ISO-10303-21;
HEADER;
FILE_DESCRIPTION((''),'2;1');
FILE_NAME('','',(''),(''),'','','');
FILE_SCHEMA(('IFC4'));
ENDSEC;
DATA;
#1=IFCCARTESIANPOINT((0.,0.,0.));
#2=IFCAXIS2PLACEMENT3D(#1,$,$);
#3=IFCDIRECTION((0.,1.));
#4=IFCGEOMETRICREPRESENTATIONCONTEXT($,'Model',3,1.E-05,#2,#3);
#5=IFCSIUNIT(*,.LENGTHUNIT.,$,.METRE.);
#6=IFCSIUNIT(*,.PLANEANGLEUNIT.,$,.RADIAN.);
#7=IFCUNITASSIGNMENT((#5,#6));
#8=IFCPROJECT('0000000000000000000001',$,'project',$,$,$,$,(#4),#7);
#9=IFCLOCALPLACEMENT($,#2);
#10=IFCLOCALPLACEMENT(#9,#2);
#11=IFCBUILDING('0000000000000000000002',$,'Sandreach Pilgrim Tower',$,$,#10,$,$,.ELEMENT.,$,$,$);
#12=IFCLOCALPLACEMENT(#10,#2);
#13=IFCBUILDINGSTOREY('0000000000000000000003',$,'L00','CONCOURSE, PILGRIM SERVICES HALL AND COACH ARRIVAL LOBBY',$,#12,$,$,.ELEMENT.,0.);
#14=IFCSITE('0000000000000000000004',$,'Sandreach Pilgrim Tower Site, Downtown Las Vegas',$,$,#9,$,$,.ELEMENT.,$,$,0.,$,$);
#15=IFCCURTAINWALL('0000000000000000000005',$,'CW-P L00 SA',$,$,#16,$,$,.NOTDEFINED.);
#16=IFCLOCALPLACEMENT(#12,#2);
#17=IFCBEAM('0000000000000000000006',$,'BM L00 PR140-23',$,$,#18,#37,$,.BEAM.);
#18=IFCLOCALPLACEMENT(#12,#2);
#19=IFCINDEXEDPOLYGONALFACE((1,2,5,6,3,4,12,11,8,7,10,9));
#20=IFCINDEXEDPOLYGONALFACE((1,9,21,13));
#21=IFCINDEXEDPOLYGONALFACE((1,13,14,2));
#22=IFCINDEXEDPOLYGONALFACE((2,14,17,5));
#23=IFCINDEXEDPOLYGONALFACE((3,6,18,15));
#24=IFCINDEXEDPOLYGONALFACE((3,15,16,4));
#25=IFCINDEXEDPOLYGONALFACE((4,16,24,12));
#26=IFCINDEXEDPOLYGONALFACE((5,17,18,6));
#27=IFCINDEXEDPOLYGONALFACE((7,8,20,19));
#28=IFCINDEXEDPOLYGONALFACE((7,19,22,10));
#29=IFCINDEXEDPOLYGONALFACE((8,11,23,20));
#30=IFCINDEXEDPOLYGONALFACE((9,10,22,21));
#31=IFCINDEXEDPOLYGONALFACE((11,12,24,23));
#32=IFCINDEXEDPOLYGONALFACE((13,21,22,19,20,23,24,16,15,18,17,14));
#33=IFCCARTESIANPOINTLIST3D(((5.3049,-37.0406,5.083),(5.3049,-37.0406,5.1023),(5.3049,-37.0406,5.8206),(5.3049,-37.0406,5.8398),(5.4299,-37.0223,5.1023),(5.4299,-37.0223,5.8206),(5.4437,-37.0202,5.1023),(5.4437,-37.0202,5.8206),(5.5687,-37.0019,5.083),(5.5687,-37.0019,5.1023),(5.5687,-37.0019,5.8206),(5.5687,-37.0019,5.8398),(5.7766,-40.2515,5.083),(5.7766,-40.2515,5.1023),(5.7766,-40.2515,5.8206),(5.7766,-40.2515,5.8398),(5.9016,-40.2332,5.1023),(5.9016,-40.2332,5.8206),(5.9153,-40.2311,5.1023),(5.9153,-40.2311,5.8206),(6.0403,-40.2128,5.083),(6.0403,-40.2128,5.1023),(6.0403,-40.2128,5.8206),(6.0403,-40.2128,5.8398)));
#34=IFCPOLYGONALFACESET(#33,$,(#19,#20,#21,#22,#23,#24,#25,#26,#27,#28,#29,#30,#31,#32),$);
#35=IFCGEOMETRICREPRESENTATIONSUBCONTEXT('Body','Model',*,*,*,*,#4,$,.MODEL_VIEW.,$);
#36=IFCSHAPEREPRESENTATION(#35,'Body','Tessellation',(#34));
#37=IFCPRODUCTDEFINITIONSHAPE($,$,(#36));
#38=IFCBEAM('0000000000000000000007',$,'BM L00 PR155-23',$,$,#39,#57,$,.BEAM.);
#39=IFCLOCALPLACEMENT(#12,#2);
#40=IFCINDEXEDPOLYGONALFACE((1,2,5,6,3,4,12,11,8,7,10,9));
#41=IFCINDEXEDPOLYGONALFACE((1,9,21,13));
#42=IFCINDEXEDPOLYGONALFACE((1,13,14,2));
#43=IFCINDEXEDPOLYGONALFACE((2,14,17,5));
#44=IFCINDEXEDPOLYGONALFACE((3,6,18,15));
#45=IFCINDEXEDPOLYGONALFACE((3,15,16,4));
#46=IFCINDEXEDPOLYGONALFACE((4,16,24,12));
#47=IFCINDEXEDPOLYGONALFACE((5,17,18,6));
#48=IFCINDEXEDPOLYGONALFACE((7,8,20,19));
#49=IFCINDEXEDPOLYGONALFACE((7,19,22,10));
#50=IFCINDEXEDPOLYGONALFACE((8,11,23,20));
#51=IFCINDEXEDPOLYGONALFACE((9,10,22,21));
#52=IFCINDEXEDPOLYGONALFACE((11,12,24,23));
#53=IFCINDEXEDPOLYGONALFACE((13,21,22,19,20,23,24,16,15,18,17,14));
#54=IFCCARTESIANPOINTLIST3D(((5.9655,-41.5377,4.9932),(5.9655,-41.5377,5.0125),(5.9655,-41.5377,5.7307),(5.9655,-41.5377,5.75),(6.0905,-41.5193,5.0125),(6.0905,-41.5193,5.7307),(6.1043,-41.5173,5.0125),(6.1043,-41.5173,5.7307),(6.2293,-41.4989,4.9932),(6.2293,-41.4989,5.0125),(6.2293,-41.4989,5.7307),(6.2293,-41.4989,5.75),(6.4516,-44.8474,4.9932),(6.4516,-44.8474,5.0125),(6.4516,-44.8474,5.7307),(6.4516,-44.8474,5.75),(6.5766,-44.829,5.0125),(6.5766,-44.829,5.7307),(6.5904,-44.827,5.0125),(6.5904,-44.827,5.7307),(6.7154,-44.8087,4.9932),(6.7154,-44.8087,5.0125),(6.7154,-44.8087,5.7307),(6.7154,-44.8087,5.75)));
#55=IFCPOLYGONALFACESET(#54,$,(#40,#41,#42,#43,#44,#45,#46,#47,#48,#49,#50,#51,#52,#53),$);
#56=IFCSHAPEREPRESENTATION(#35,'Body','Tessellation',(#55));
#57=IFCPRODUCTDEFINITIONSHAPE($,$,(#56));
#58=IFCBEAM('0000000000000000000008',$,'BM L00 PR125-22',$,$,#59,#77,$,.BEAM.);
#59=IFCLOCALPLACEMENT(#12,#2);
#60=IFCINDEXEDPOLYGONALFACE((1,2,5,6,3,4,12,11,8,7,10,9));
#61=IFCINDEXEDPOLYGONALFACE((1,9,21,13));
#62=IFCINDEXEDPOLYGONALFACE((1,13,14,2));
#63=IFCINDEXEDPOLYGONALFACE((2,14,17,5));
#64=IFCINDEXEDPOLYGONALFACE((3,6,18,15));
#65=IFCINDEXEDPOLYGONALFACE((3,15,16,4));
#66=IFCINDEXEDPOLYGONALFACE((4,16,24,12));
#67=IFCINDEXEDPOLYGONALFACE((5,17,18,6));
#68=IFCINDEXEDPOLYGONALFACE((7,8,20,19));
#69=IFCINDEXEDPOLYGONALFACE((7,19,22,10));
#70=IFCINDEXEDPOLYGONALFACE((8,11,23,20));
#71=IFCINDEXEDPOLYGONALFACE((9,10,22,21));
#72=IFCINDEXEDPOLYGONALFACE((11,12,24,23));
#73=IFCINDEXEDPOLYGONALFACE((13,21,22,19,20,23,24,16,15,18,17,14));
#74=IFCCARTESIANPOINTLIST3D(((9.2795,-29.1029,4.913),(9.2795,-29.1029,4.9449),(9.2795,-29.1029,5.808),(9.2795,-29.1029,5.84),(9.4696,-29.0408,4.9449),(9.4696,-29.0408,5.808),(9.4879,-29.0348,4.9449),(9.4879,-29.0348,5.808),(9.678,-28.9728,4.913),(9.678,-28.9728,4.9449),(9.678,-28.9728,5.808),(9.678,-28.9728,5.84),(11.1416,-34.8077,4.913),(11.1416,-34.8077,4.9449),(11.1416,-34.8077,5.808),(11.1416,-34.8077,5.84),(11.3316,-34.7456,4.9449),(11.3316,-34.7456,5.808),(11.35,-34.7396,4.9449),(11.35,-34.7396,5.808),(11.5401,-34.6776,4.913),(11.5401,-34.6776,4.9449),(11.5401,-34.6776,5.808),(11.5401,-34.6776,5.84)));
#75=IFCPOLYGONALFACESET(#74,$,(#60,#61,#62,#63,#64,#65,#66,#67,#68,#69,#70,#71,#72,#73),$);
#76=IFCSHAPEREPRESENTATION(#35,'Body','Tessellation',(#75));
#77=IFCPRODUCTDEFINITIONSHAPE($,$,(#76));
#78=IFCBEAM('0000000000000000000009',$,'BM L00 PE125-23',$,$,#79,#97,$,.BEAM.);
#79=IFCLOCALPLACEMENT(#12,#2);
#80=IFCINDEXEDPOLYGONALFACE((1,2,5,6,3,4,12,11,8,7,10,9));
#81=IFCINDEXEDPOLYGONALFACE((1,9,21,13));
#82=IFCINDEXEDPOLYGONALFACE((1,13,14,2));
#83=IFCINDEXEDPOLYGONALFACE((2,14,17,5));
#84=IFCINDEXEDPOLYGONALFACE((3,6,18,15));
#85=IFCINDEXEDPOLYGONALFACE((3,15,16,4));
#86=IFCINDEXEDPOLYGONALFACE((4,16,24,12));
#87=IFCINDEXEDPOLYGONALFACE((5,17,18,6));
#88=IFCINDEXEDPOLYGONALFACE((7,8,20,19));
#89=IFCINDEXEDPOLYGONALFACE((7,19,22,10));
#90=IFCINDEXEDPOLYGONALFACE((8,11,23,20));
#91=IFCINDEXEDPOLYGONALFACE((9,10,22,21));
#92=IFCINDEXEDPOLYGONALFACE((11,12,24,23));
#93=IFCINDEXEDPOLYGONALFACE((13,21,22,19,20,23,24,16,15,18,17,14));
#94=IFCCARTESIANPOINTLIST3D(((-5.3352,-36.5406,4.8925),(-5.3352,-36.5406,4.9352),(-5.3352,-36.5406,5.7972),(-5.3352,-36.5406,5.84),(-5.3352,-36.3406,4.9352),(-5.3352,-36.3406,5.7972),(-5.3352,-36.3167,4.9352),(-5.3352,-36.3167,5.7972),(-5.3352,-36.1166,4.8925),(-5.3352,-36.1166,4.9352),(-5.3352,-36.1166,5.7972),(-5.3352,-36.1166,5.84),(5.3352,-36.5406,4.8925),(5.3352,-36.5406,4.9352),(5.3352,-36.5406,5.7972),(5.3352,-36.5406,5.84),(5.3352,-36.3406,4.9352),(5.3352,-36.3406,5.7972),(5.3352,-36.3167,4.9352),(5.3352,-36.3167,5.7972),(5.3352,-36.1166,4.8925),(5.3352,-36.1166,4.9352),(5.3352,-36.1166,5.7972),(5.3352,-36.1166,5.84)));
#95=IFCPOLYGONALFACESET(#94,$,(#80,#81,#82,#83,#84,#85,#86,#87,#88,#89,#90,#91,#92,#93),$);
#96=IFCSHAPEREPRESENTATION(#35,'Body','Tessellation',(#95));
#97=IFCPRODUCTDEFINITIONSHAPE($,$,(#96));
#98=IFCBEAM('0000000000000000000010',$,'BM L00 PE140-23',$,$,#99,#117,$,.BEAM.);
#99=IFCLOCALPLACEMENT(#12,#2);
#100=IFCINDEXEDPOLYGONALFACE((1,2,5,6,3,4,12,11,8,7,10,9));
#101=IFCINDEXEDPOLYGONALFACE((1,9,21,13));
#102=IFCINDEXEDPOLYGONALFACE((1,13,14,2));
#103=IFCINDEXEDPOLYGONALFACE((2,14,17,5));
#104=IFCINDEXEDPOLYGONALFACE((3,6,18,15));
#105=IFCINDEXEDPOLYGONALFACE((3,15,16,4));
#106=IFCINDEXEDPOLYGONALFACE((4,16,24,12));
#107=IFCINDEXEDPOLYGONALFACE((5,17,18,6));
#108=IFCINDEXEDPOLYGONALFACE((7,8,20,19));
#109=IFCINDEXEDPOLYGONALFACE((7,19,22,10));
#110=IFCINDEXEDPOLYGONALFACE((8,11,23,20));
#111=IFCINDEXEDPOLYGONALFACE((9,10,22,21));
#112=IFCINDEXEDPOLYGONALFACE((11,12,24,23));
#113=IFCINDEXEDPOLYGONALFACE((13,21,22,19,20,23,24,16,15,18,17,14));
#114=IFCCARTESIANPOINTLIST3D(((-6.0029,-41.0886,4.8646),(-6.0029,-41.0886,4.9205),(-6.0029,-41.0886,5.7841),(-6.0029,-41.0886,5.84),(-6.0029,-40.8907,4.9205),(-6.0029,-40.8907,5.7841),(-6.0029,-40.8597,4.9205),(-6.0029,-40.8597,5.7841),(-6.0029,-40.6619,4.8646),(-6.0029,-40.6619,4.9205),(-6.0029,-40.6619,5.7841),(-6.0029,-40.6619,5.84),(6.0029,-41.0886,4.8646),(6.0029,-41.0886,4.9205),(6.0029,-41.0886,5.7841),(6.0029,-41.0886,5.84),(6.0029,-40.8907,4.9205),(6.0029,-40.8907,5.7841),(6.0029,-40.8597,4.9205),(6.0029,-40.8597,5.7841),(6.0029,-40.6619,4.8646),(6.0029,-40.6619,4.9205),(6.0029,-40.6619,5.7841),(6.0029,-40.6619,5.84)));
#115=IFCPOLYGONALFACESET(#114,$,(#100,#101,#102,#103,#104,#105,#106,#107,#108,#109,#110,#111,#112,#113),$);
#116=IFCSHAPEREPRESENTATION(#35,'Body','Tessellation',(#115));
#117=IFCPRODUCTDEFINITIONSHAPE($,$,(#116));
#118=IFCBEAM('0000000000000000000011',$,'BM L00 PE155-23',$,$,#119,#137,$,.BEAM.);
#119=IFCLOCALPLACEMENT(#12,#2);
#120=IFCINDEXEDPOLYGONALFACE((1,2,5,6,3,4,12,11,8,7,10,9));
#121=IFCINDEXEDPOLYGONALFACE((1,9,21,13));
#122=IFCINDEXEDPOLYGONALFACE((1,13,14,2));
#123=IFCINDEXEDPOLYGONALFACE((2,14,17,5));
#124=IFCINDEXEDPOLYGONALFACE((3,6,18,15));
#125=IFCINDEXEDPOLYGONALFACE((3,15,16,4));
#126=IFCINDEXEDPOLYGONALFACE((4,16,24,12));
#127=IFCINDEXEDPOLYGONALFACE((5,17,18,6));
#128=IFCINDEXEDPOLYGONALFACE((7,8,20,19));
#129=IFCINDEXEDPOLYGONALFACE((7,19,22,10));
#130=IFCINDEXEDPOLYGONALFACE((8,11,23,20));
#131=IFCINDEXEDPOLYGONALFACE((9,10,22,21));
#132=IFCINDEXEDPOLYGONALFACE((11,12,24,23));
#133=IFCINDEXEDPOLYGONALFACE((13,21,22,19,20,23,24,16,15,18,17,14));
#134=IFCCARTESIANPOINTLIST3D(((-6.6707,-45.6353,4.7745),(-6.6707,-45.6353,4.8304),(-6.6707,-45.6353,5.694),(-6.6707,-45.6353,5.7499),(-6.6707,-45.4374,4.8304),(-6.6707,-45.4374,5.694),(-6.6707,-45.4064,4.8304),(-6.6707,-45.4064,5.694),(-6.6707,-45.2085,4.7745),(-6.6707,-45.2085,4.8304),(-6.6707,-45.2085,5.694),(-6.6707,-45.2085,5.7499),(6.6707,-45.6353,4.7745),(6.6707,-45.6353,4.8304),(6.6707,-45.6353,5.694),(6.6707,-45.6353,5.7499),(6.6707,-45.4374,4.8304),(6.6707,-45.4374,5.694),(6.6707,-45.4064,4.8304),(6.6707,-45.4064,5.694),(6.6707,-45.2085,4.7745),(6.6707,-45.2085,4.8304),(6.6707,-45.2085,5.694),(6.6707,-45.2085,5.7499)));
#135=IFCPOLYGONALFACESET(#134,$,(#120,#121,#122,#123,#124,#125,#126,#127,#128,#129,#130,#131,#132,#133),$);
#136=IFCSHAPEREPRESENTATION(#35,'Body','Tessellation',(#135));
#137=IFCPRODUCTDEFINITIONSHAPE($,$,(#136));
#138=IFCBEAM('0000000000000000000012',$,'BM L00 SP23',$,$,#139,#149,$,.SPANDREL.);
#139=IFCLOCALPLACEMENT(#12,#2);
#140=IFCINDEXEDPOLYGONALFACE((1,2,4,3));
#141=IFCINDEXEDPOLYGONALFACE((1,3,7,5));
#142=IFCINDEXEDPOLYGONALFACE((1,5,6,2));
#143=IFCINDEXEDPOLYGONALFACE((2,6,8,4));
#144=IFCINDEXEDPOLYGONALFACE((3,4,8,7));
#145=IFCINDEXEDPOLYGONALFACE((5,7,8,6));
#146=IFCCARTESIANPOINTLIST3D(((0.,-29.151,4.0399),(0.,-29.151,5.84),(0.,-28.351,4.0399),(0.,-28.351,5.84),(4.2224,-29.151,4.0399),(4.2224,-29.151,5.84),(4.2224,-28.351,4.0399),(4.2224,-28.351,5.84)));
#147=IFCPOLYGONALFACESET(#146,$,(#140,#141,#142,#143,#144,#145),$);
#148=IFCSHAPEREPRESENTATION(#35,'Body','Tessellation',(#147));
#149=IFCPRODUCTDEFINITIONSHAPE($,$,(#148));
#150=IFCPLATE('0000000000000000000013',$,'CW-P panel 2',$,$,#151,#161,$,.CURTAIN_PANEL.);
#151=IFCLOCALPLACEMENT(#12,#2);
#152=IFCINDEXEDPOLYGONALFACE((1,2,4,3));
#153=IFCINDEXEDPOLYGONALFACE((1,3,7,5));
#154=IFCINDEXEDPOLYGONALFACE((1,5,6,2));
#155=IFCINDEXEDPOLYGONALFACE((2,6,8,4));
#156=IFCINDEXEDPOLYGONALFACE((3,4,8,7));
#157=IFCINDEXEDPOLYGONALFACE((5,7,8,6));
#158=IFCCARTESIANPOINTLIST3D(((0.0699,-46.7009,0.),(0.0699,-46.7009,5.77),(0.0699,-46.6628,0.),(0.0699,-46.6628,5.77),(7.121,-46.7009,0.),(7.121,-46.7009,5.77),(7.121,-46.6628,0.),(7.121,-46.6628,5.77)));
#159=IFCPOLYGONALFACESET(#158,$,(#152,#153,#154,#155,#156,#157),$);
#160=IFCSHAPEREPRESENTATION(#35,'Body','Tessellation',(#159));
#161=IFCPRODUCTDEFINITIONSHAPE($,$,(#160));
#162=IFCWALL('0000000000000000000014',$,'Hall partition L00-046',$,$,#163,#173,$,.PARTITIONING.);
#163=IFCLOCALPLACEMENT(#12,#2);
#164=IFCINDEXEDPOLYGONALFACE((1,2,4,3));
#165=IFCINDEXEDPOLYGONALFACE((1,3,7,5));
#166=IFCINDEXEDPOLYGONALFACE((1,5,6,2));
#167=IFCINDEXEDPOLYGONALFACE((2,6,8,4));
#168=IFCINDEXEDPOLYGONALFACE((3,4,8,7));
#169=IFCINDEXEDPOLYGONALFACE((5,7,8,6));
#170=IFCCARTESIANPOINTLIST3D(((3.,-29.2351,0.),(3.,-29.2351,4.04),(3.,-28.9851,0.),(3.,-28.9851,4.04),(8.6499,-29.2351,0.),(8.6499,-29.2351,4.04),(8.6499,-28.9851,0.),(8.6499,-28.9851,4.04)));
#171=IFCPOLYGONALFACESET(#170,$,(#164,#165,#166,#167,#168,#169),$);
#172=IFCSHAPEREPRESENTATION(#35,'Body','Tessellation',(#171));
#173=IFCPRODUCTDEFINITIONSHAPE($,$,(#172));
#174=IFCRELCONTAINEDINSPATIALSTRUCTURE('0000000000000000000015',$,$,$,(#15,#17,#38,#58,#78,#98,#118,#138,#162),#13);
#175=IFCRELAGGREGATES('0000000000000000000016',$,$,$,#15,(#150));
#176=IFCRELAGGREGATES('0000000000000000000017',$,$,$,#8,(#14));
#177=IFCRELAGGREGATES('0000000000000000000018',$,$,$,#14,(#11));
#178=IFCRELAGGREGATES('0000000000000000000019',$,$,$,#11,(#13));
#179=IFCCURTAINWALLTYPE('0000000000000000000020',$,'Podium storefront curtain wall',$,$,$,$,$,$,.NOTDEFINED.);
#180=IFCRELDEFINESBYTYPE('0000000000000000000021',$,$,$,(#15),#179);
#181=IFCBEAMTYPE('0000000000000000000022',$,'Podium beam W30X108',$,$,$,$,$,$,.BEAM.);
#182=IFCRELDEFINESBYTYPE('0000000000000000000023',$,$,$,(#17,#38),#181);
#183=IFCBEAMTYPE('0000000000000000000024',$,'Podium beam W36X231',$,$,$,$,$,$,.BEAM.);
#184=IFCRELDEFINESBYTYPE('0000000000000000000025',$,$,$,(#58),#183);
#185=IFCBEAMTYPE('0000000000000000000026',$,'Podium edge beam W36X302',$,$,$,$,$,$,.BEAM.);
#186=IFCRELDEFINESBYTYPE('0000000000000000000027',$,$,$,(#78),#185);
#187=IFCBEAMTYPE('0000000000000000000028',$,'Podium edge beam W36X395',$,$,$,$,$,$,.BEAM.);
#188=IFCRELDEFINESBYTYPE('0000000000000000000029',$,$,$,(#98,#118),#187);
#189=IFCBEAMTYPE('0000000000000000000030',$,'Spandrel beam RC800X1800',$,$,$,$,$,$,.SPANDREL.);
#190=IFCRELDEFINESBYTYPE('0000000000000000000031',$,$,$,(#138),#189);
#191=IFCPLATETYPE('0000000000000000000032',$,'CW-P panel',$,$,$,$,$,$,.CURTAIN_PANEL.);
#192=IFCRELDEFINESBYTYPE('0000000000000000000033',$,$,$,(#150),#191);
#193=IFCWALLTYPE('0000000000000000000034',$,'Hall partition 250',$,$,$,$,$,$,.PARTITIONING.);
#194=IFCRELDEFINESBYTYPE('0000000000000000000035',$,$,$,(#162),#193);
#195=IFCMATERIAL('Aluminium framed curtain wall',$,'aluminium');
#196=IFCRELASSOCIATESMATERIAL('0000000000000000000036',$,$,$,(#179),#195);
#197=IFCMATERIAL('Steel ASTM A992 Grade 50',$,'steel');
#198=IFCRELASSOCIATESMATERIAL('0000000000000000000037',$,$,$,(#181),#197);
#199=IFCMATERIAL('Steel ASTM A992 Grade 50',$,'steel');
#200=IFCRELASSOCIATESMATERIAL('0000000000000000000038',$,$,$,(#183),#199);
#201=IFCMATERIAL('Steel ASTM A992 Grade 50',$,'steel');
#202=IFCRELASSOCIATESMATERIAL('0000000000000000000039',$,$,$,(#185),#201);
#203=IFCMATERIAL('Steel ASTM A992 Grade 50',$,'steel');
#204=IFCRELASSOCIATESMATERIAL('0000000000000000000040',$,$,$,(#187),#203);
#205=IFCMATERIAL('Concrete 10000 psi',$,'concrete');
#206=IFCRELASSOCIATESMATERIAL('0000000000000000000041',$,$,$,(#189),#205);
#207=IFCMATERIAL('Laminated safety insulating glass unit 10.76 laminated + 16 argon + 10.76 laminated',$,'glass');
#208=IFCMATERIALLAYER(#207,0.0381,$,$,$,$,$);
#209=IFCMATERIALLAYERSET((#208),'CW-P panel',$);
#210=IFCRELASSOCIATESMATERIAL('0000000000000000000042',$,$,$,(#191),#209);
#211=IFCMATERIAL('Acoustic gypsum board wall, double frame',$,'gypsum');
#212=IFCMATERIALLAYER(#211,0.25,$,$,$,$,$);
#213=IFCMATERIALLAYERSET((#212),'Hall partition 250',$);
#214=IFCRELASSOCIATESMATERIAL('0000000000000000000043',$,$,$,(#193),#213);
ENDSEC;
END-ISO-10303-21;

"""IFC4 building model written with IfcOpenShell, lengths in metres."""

from ifc_helpers import new_model, si_unit, direction, frame, frame_2d, origin, origin_2d, place, context, subcontext, project, spatial, rectangle, i_section, extrude, material, layer, layer_set, material_profile, profile_set, type_object, element, aggregate, save


model = new_model("IFC4")

# Units and contexts
model_context = context("Model", 3, precision=1e-05, world=origin(), true_north=direction((0.0, 1.0)))
body_context = subcontext(model_context, "Body", "Model", "MODEL_VIEW")
ifc_project = project(units=[si_unit("LENGTHUNIT", "METRE"), si_unit("PLANEANGLEUNIT", "RADIAN")], contexts=[model_context])

# Site, building, storey
site_placement = place(None, origin())
site = spatial("IfcSite", under=ifc_project, at=site_placement, Name="Sandreach Pilgrim Tower Site, Downtown Las Vegas", CompositionType="ELEMENT", RefElevation=0.0)
building_placement = place(site_placement, origin())
building = spatial("IfcBuilding", under=site, at=building_placement, Name="Sandreach Pilgrim Tower", CompositionType="ELEMENT")
storey_placement = place(building_placement, origin())
storey = spatial("IfcBuildingStorey", under=building, at=storey_placement, Name="L00", Description="CONCOURSE, PILGRIM SERVICES HALL AND COACH ARRIVAL LOBBY", CompositionType="ELEMENT", Elevation=0.0)

# Curtain wall
ifc_material_1 = material(Name="Aluminium framed curtain wall", Category="aluminium")
curtain_wall_type = type_object("IfcCurtainWallType", Name="Podium storefront curtain wall", PredefinedType="NOTDEFINED", material=ifc_material_1)
curtain_wall_placement = place(storey_placement, origin())
curtain_wall = element("IfcCurtainWall", 1, at=curtain_wall_placement, inside=storey, type_object=curtain_wall_type, Name="CW-P L00 SA", PredefinedType="NOTDEFINED")

# Beams
ifc_material_2 = material(Name="Steel ASTM A992 Grade 50", Category="steel")
ifc_material_profile_1 = material_profile(ifc_material_2, i_section(OverallWidth=0.2666, OverallDepth=0.7568, WebThickness=0.0139, FlangeThickness=0.0193, at=origin_2d()), Name="W30X108")
ifc_profile_set_1 = profile_set([ifc_material_profile_1], Name="Steel ASTM A992 Grade 50")
beam_type_1 = type_object("IfcBeamType", Name="Podium beam W30X108", PredefinedType="BEAM", material=ifc_profile_set_1)
beam_1_placement = place(storey_placement, frame((5.4368, -37.0212, 5.4614), z_axis=(0.145338, -0.989382, 0.0), x_axis=(0.989382, 0.145338, 0.0)))
element("IfcBeam", 2, at=beam_1_placement, inside=storey, type_object=beam_type_1, Name="BM L00 PR140-23", PredefinedType="BEAM", context=body_context, shape_type="SweptSolid", body=[
    extrude(i_section(OverallWidth=0.2666, OverallDepth=0.7568, WebThickness=0.0139, FlangeThickness=0.0193, at=origin_2d()), origin(), (0.0, 0.0, 1.0), 3.2454),
])
beam_2_placement = place(storey_placement, frame((6.0974, -41.5183, 5.3716), z_axis=(0.145303, -0.989387, 0.0), x_axis=(0.989387, 0.145303, 0.0)))
element("IfcBeam", 3, at=beam_2_placement, inside=storey, type_object=beam_type_1, Name="BM L00 PR155-23", PredefinedType="BEAM", context=body_context, shape_type="SweptSolid", body=[
    extrude(i_section(OverallWidth=0.2666, OverallDepth=0.7568, WebThickness=0.0139, FlangeThickness=0.0193, at=origin_2d()), origin(), (0.0, 0.0, 1.0), 3.3452),
])
ifc_material_3 = material(Name="Steel ASTM A992 Grade 50", Category="steel")
ifc_material_profile_2 = material_profile(ifc_material_3, i_section(OverallWidth=0.4192, OverallDepth=0.927, WebThickness=0.0193, FlangeThickness=0.032, at=origin_2d()), Name="W36X231")
ifc_profile_set_2 = profile_set([ifc_material_profile_2], Name="Steel ASTM A992 Grade 50")
beam_type_2 = type_object("IfcBeamType", Name="Podium beam W36X231", PredefinedType="BEAM", material=ifc_profile_set_2)
beam_3_placement = place(storey_placement, frame((9.4788, -29.0378, 5.3765), z_axis=(0.31029, -0.950642, 0.0), x_axis=(0.950642, 0.31029, 0.0)))
element("IfcBeam", 4, at=beam_3_placement, inside=storey, type_object=beam_type_2, Name="BM L00 PR125-22", PredefinedType="BEAM", context=body_context, shape_type="SweptSolid", body=[
    extrude(i_section(OverallWidth=0.4192, OverallDepth=0.927, WebThickness=0.0193, FlangeThickness=0.032, at=origin_2d()), origin(), (0.0, 0.0, 1.0), 6.001),
])
ifc_material_4 = material(Name="Steel ASTM A992 Grade 50", Category="steel")
ifc_material_profile_3 = material_profile(ifc_material_4, i_section(OverallWidth=0.4241, OverallDepth=0.9475, WebThickness=0.0239, FlangeThickness=0.0427, at=origin_2d()), Name="W36X302")
ifc_profile_set_3 = profile_set([ifc_material_profile_3], Name="Steel ASTM A992 Grade 50")
beam_type_3 = type_object("IfcBeamType", Name="Podium edge beam W36X302", PredefinedType="BEAM", material=ifc_profile_set_3)
beam_4_placement = place(storey_placement, frame((5.3352, -36.3286, 5.3662), z_axis=(-1.0, 0.0, 0.0), x_axis=(0.0, -1.0, 0.0)))
element("IfcBeam", 5, at=beam_4_placement, inside=storey, type_object=beam_type_3, Name="BM L00 PE125-23", PredefinedType="BEAM", context=body_context, shape_type="SweptSolid", body=[
    extrude(i_section(OverallWidth=0.4241, OverallDepth=0.9475, WebThickness=0.0239, FlangeThickness=0.0427, at=origin_2d()), origin(), (0.0, 0.0, 1.0), 10.6704),
])
ifc_material_5 = material(Name="Steel ASTM A992 Grade 50", Category="steel")
ifc_material_profile_4 = material_profile(ifc_material_5, i_section(OverallWidth=0.4268, OverallDepth=0.9753, WebThickness=0.031, FlangeThickness=0.0559, at=origin_2d()), Name="W36X395")
ifc_profile_set_4 = profile_set([ifc_material_profile_4], Name="Steel ASTM A992 Grade 50")
beam_type_4 = type_object("IfcBeamType", Name="Podium edge beam W36X395", PredefinedType="BEAM", material=ifc_profile_set_4)
beam_5_placement = place(storey_placement, frame((6.0029, -40.8752, 5.3523), z_axis=(-1.0, 0.0, 0.0), x_axis=(0.0, -1.0, 0.0)))
element("IfcBeam", 6, at=beam_5_placement, inside=storey, type_object=beam_type_4, Name="BM L00 PE140-23", PredefinedType="BEAM", context=body_context, shape_type="SweptSolid", body=[
    extrude(i_section(OverallWidth=0.4268, OverallDepth=0.9753, WebThickness=0.031, FlangeThickness=0.0559, at=origin_2d()), origin(), (0.0, 0.0, 1.0), 12.0059),
])
beam_6_placement = place(storey_placement, frame((6.6707, -45.4219, 5.2622), z_axis=(-1.0, 0.0, 0.0), x_axis=(0.0, -1.0, 0.0)))
element("IfcBeam", 7, at=beam_6_placement, inside=storey, type_object=beam_type_4, Name="BM L00 PE155-23", PredefinedType="BEAM", context=body_context, shape_type="SweptSolid", body=[
    extrude(i_section(OverallWidth=0.4268, OverallDepth=0.9753, WebThickness=0.031, FlangeThickness=0.0559, at=origin_2d()), origin(), (0.0, 0.0, 1.0), 13.3413),
])
ifc_material_6 = material(Name="Concrete 10000 psi", Category="concrete")
ifc_material_profile_5 = material_profile(ifc_material_6, rectangle(XDim=0.8, YDim=1.8, at=origin_2d()), Name="RC800X1800")
ifc_profile_set_5 = profile_set([ifc_material_profile_5], Name="Concrete 10000 psi")
beam_type_5 = type_object("IfcBeamType", Name="Spandrel beam RC800X1800", PredefinedType="SPANDREL", material=ifc_profile_set_5)
beam_7_placement = place(storey_placement, frame((4.2224, -28.751, 4.9399), z_axis=(-1.0, 0.0, 0.0), x_axis=(0.0, -1.0, 0.0)))
element("IfcBeam", 8, at=beam_7_placement, inside=storey, type_object=beam_type_5, Name="BM L00 SP23", PredefinedType="SPANDREL", context=body_context, shape_type="SweptSolid", body=[
    extrude(rectangle(XDim=0.8, YDim=1.8, at=origin_2d()), origin(), (0.0, 0.0, 1.0), 4.2224),
])

# Plate
ifc_material_7 = material(Name="Laminated safety insulating glass unit 10.76 laminated + 16 argon + 10.76 laminated", Category="glass")
ifc_layer_1 = layer(ifc_material_7, 0.0381)
ifc_layer_set_1 = layer_set([ifc_layer_1], Name="CW-P panel")
plate_type = type_object("IfcPlateType", Name="CW-P panel", PredefinedType="CURTAIN_PANEL", material=ifc_layer_set_1)
plate_placement = place(storey_placement, frame((3.5955, -46.6819, 0.0), z_axis=(0.0, 0.0, 1.0), x_axis=(-1.0, 0.0, 0.0)))
plate = element("IfcPlate", 9, at=plate_placement, type_object=plate_type, Name="CW-P panel 2", PredefinedType="CURTAIN_PANEL", context=body_context, shape_type="SweptSolid", body=[
    extrude(rectangle(XDim=7.051, YDim=0.0381, at=origin_2d()), origin(), (0.0, 0.0, 1.0), 5.77),
])
aggregate(curtain_wall, [plate])

# Wall
ifc_material_8 = material(Name="Acoustic gypsum board wall, double frame", Category="gypsum")
ifc_layer_2 = layer(ifc_material_8, 0.25)
ifc_layer_set_2 = layer_set([ifc_layer_2], Name="Hall partition 250")
wall_type_1 = type_object("IfcWallType", Name="Hall partition 250", PredefinedType="PARTITIONING", material=ifc_layer_set_2)
wall_1_placement = place(storey_placement, frame((3.0, -29.1101, 0.0), z_axis=(0.0, 0.0, 1.0), x_axis=(1.0, 0.0, 0.0)))
element("IfcWall", 10, at=wall_1_placement, inside=storey, type_object=wall_type_1, Name="Hall partition L00-046", PredefinedType="PARTITIONING", context=body_context, shape_type="SweptSolid", body=[
    extrude(rectangle(XDim=5.6499, YDim=0.25, at=frame_2d((2.825, 0.0))), origin(), (0.0, 0.0, 1.0), 4.04),
])

save(model, "model.ifc")
